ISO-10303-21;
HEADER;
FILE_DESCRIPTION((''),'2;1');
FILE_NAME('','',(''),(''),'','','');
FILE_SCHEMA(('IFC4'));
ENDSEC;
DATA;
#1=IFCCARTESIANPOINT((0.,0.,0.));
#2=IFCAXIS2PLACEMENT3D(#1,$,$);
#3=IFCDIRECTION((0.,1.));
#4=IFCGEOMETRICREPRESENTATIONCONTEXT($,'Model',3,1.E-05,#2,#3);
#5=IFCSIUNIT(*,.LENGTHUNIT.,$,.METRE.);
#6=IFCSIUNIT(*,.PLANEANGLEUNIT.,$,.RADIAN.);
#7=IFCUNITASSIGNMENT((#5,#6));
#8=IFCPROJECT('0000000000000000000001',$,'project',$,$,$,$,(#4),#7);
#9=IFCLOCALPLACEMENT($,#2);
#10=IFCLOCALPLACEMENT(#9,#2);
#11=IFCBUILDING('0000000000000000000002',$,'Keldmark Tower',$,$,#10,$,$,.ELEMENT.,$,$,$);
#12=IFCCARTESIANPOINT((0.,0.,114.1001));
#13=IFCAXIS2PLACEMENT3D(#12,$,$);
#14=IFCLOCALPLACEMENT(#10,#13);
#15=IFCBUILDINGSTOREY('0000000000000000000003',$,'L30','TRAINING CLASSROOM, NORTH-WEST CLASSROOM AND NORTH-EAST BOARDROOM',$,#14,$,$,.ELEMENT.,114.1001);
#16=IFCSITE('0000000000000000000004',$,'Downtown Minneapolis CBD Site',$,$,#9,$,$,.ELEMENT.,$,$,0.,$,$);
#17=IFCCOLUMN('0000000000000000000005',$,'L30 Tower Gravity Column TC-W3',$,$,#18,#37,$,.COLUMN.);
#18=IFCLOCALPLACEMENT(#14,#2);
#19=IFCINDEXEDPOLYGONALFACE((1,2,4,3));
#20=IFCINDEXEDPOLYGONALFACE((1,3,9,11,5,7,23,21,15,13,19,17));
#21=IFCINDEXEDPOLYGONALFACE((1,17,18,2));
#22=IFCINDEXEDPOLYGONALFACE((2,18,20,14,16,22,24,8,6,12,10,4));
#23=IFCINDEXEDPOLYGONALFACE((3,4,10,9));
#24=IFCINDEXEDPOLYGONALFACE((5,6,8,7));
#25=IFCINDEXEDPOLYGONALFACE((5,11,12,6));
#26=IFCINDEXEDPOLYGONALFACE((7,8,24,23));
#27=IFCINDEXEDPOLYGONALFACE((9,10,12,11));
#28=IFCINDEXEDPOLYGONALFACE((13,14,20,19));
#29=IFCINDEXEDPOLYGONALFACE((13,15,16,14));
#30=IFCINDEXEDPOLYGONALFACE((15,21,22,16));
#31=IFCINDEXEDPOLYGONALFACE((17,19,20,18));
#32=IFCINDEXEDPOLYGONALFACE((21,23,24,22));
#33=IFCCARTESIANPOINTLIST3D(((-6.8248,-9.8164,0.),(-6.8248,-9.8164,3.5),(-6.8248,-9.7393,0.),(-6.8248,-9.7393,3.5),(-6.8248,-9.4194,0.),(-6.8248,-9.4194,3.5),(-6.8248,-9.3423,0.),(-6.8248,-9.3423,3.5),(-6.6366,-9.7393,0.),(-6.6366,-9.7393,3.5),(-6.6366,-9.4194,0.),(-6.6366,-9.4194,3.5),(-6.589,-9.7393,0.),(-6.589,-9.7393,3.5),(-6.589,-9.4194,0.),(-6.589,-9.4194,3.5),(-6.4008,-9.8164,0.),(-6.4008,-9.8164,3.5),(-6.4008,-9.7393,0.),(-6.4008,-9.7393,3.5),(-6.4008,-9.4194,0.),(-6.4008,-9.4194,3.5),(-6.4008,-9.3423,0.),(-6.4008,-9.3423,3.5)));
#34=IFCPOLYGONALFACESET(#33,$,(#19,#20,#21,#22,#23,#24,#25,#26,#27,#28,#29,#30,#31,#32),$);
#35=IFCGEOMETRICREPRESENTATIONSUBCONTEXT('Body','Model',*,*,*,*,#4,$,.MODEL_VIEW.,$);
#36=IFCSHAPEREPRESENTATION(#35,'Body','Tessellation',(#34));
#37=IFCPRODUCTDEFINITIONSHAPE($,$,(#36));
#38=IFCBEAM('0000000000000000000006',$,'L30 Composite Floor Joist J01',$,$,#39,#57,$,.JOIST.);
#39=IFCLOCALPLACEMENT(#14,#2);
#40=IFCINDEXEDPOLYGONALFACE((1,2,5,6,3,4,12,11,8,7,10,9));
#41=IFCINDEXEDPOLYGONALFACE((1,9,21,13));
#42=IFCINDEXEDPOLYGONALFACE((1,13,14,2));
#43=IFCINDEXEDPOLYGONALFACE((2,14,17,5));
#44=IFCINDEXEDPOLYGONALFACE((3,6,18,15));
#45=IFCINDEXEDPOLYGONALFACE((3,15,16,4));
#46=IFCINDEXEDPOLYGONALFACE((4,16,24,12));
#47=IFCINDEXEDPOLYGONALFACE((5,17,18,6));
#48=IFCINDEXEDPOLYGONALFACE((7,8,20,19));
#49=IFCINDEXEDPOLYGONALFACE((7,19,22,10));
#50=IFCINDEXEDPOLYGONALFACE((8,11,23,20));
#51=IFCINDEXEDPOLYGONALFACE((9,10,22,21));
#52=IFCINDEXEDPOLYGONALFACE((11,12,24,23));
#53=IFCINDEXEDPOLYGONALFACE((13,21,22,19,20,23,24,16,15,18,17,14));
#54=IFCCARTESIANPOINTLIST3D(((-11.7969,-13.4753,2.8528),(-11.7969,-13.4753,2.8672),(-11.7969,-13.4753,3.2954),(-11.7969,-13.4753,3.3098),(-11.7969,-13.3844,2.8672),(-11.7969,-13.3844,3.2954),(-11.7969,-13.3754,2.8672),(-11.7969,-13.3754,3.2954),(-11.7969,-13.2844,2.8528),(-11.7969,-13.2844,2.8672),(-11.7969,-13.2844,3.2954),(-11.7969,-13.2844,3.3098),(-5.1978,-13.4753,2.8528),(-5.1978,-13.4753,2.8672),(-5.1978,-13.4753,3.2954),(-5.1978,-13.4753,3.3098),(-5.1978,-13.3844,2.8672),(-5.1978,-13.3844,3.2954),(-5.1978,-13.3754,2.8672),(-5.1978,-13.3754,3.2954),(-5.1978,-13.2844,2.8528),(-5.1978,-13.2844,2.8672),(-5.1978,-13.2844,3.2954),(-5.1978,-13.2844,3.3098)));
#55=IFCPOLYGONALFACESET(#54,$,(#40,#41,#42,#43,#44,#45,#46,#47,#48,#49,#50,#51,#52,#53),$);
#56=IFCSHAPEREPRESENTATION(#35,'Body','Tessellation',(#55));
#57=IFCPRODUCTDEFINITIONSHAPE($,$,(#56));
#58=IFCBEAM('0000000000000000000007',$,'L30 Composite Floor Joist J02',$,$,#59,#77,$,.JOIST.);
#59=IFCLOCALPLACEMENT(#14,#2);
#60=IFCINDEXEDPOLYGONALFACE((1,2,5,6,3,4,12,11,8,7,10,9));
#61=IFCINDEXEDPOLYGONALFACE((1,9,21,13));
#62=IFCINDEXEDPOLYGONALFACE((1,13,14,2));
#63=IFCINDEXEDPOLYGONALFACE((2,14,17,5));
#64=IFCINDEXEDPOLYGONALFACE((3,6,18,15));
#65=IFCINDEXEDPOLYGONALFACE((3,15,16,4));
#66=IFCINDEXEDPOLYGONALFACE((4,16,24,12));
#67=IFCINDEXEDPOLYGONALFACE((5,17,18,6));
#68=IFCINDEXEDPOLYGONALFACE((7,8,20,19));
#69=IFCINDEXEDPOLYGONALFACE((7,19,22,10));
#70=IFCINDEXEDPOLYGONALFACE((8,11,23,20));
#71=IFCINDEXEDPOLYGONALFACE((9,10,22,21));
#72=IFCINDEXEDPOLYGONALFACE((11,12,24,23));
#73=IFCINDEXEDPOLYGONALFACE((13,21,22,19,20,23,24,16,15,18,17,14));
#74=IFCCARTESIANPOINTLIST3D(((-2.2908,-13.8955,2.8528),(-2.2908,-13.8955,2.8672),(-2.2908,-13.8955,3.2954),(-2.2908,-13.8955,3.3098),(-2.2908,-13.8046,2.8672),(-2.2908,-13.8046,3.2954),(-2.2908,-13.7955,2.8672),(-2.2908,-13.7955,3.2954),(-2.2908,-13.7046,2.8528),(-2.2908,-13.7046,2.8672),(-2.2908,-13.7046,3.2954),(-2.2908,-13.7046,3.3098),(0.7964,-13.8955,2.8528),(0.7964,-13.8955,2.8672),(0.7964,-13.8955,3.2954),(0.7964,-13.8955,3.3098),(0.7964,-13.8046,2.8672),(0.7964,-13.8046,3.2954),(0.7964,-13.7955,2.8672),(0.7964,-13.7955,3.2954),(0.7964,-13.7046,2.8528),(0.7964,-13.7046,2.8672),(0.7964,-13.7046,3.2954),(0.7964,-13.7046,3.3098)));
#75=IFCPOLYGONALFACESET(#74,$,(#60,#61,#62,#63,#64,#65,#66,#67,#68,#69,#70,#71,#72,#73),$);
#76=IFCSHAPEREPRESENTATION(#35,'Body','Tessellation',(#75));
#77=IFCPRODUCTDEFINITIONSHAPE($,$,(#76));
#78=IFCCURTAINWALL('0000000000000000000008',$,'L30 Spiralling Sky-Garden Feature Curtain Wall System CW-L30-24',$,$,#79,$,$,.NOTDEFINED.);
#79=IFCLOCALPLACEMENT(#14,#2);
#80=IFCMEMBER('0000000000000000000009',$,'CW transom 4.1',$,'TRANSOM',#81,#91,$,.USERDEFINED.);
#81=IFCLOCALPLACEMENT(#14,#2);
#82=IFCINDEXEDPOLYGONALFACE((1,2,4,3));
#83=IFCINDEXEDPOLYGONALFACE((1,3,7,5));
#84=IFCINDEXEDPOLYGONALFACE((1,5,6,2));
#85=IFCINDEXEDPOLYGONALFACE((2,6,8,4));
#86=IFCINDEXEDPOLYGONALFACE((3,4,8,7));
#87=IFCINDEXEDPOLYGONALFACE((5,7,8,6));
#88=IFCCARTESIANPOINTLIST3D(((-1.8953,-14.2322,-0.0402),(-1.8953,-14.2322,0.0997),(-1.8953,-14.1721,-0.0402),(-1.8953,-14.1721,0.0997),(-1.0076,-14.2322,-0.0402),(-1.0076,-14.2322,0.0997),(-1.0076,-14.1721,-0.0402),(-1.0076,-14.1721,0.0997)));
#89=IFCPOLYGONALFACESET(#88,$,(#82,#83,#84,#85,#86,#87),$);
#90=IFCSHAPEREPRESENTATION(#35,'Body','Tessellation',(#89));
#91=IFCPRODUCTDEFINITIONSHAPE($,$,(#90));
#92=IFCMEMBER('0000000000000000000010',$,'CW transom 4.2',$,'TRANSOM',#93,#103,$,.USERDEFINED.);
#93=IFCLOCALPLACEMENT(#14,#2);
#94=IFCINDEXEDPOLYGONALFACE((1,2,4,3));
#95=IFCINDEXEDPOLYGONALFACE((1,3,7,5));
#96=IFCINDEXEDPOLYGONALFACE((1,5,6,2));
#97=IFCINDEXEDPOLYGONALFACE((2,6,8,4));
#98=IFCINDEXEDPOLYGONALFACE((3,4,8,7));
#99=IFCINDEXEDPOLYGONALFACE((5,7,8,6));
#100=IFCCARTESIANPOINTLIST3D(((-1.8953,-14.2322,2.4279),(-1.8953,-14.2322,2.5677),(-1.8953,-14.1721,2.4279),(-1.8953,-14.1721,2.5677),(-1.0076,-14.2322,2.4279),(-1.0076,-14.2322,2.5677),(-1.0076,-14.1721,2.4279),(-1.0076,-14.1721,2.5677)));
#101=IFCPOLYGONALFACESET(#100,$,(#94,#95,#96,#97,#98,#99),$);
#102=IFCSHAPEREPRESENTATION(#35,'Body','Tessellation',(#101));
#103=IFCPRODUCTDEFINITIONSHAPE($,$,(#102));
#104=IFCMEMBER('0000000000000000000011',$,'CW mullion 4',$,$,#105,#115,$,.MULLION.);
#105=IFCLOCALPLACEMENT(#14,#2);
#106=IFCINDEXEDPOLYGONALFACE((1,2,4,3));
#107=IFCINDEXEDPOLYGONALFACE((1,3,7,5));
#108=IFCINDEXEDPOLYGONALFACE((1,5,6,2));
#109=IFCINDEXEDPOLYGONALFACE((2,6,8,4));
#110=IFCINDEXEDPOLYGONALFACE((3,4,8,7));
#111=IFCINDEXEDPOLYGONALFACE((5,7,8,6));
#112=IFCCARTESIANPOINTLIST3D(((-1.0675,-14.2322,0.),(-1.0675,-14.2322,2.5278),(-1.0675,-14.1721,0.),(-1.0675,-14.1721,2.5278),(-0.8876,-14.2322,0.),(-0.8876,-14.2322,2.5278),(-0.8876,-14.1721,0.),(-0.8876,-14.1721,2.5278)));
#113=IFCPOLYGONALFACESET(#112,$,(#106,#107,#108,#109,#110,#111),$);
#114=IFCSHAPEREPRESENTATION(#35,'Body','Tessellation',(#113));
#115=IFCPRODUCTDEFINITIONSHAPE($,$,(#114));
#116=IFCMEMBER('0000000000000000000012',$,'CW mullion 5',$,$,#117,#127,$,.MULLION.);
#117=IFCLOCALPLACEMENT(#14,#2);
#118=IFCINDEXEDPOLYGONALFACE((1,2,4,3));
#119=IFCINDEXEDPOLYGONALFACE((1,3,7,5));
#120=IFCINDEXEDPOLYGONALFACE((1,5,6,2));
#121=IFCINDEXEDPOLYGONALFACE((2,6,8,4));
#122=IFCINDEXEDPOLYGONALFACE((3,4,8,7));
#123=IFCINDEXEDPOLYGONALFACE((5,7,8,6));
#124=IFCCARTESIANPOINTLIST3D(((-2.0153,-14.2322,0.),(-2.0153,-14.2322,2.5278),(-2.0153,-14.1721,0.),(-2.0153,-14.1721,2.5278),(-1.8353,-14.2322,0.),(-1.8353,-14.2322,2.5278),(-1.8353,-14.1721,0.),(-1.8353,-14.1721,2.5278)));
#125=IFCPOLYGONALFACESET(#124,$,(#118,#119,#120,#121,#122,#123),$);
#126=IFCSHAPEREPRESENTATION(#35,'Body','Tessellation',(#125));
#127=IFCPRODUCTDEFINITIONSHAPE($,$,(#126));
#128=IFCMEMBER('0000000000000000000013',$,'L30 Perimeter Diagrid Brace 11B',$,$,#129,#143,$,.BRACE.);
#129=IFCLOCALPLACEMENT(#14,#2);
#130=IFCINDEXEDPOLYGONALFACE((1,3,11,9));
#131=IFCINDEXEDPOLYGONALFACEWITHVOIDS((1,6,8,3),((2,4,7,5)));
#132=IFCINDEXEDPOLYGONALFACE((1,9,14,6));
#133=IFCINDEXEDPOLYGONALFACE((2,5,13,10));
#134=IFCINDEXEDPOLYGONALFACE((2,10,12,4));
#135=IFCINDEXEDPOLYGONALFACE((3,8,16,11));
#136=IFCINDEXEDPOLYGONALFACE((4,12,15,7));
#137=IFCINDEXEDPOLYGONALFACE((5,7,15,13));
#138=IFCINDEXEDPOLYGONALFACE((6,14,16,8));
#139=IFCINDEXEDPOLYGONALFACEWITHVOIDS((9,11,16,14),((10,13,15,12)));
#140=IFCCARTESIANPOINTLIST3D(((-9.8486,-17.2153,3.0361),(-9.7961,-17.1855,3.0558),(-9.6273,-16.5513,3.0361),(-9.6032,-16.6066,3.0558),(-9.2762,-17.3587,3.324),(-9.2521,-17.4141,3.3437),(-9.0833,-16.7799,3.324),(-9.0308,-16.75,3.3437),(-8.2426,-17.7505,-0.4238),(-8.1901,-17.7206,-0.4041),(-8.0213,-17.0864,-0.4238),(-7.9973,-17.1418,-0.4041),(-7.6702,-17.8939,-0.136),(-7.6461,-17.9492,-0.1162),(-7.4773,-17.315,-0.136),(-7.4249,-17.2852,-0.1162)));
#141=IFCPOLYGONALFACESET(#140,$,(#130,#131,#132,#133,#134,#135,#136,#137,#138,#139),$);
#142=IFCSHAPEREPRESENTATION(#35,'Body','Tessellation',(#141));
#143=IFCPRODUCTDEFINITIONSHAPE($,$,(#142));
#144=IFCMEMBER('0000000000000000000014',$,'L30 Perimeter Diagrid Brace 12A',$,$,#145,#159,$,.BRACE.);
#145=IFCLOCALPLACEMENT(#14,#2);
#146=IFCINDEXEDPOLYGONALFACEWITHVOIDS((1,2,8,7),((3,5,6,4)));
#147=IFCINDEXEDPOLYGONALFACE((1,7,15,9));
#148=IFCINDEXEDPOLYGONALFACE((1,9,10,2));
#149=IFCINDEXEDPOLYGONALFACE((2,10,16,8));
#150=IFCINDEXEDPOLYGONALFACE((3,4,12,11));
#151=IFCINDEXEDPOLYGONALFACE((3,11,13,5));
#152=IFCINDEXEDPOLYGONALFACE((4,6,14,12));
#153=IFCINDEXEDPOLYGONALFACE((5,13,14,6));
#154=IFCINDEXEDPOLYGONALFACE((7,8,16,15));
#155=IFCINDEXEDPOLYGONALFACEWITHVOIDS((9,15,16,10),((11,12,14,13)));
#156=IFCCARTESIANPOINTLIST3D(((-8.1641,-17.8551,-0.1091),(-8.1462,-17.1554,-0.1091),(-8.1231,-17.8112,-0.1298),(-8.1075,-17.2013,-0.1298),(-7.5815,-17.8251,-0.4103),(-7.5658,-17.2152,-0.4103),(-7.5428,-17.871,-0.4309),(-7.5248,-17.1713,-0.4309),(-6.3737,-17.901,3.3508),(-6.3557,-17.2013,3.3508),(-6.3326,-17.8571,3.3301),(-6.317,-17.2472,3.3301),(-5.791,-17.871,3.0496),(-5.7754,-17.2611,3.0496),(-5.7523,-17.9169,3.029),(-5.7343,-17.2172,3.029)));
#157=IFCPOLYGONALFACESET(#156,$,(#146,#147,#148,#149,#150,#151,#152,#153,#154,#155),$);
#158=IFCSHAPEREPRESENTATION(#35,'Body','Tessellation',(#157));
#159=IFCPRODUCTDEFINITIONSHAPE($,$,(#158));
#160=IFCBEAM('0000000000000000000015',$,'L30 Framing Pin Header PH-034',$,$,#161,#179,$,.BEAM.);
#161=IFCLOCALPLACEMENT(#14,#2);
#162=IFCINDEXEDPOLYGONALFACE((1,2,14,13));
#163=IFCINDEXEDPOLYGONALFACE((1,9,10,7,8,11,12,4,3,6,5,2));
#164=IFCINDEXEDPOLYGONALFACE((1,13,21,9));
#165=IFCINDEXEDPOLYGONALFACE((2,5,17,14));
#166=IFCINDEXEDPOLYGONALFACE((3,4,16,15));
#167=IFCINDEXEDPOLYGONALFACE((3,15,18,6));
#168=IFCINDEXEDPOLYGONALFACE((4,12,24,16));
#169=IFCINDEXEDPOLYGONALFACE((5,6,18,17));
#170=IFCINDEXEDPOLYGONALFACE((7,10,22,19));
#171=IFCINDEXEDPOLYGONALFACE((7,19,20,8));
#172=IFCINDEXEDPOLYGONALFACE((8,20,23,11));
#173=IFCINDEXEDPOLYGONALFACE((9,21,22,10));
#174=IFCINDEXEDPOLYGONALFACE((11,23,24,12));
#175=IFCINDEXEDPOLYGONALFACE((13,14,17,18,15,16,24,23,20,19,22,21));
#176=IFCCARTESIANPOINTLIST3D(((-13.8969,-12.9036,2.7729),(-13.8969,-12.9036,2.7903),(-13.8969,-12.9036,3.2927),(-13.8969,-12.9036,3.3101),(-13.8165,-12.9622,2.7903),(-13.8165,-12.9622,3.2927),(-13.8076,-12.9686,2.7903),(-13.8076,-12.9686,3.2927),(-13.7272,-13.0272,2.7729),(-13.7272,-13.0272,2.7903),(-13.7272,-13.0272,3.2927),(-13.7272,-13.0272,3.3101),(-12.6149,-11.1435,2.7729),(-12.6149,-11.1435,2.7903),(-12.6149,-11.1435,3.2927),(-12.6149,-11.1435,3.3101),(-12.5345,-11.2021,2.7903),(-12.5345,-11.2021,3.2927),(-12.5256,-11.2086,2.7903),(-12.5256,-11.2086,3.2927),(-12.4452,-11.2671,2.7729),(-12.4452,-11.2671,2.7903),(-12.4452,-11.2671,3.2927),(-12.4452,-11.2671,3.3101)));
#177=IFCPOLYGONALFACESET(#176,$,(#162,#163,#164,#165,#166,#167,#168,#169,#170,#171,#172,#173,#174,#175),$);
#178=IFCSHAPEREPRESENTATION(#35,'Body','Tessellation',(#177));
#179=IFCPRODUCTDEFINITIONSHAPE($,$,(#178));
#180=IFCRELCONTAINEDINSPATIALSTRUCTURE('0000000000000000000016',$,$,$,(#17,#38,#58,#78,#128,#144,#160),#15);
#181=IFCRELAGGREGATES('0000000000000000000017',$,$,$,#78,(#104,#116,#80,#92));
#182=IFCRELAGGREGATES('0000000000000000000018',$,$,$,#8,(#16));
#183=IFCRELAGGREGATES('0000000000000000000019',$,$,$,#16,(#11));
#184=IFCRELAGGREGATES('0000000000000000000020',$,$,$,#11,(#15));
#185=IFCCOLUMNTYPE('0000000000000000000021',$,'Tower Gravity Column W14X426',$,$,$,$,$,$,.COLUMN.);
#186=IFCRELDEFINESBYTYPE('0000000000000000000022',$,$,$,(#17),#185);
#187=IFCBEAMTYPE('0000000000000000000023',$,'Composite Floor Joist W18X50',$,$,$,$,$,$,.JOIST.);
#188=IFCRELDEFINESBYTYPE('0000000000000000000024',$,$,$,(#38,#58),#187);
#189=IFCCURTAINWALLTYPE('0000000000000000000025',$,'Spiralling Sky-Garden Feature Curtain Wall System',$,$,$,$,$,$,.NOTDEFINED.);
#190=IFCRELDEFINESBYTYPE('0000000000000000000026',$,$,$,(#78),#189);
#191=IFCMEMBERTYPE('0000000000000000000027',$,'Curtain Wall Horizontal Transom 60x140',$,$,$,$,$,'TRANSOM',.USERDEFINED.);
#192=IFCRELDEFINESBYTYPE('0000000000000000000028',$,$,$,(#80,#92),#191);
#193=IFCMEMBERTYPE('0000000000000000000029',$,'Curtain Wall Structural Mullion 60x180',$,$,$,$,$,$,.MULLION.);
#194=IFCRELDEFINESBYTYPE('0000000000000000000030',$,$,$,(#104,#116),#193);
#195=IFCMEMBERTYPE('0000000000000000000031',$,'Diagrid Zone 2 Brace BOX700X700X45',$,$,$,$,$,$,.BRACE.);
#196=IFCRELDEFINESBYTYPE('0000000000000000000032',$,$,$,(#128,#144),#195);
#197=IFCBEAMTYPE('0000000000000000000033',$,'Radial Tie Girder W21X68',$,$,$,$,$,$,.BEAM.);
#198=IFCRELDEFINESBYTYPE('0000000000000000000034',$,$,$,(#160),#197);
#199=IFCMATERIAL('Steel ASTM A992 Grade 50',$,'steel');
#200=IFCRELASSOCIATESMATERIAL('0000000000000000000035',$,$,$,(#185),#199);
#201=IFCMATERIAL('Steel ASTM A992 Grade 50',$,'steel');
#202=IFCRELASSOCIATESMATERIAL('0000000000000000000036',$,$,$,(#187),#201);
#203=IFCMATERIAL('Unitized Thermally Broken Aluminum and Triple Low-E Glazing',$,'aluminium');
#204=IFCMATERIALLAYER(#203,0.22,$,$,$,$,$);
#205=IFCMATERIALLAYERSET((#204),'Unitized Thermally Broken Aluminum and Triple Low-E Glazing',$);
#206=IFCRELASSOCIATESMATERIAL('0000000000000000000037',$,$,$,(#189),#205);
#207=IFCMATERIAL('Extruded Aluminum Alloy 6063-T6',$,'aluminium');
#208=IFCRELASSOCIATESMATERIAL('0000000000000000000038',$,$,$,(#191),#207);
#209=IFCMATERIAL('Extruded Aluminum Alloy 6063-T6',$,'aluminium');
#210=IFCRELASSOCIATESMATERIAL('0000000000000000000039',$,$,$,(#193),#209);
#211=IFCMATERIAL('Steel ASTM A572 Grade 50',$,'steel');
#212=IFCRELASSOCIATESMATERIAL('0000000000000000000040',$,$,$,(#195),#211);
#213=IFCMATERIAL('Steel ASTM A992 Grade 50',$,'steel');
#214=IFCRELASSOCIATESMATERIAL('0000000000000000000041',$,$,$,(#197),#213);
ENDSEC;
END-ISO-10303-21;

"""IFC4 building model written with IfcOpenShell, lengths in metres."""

from ifc_helpers import new_model, si_unit, direction, frame, origin, origin_2d, place, context, subcontext, project, spatial, rectangle, hollow_rectangle, i_section, extrude, material, layer, layer_set, material_profile, profile_set, type_object, element, aggregate, save


model = new_model("IFC4")

# Units and contexts
model_context = context("Model", 3, precision=1e-05, world=origin(), true_north=direction((0.0, 1.0)))
body_context = subcontext(model_context, "Body", "Model", "MODEL_VIEW")
ifc_project = project(units=[si_unit("LENGTHUNIT", "METRE"), si_unit("PLANEANGLEUNIT", "RADIAN")], contexts=[model_context])

# Site, building, storey
site_placement = place(None, origin())
site = spatial("IfcSite", under=ifc_project, at=site_placement, Name="Downtown Minneapolis CBD Site", CompositionType="ELEMENT", RefElevation=0.0)
building_placement = place(site_placement, origin())
building = spatial("IfcBuilding", under=site, at=building_placement, Name="Keldmark Tower", CompositionType="ELEMENT")
storey_placement = place(building_placement, frame((0.0, 0.0, 114.1001)))
storey = spatial("IfcBuildingStorey", under=building, at=storey_placement, Name="L30", Description="TRAINING CLASSROOM, NORTH-WEST CLASSROOM AND NORTH-EAST BOARDROOM", CompositionType="ELEMENT", Elevation=114.1001)

# Column
ifc_material_1 = material(Name="Steel ASTM A992 Grade 50", Category="steel")
ifc_material_profile_1 = material_profile(ifc_material_1, i_section(OverallWidth=0.4241, OverallDepth=0.4741, WebThickness=0.0476, FlangeThickness=0.0771, at=origin_2d()), Name="W14X426")
ifc_profile_set_1 = profile_set([ifc_material_profile_1], Name="Steel ASTM A992 Grade 50")
column_type = type_object("IfcColumnType", Name="Tower Gravity Column W14X426", PredefinedType="COLUMN", material=ifc_profile_set_1)
column_placement = place(storey_placement, frame((-6.6128, -9.5793, 0.0), z_axis=(0.0, 0.0, 1.0), x_axis=(1.0, 0.0, 0.0)))
element("IfcColumn", 1, at=column_placement, inside=storey, type_object=column_type, Name="L30 Tower Gravity Column TC-W3", PredefinedType="COLUMN", context=body_context, shape_type="SweptSolid", body=[
    extrude(i_section(OverallWidth=0.4241, OverallDepth=0.4741, WebThickness=0.0476, FlangeThickness=0.0771, at=origin_2d()), origin(), (0.0, 0.0, 1.0), 3.5),
])

# Beams
ifc_material_2 = material(Name="Steel ASTM A992 Grade 50", Category="steel")
ifc_material_profile_2 = material_profile(ifc_material_2, i_section(OverallWidth=0.1909, OverallDepth=0.457, WebThickness=0.009, FlangeThickness=0.0144, at=origin_2d()), Name="W18X50")
ifc_profile_set_2 = profile_set([ifc_material_profile_2], Name="Steel ASTM A992 Grade 50")
beam_type_1 = type_object("IfcBeamType", Name="Composite Floor Joist W18X50", PredefinedType="JOIST", material=ifc_profile_set_2)
beam_1_placement = place(storey_placement, frame((-11.7969, -13.3799, 3.0813), z_axis=(1.0, 0.0, 0.0), x_axis=(0.0, 1.0, 0.0)))
element("IfcBeam", 2, at=beam_1_placement, inside=storey, type_object=beam_type_1, Name="L30 Composite Floor Joist J01", PredefinedType="JOIST", context=body_context, shape_type="SweptSolid", body=[
    extrude(i_section(OverallWidth=0.1909, OverallDepth=0.457, WebThickness=0.009, FlangeThickness=0.0144, at=origin_2d()), origin(), (0.0, 0.0, 1.0), 6.5991),
])
beam_2_placement = place(storey_placement, frame((-2.2908, -13.8, 3.0813), z_axis=(1.0, 0.0, 0.0), x_axis=(0.0, 1.0, 0.0)))
element("IfcBeam", 3, at=beam_2_placement, inside=storey, type_object=beam_type_1, Name="L30 Composite Floor Joist J02", PredefinedType="JOIST", context=body_context, shape_type="SweptSolid", body=[
    extrude(i_section(OverallWidth=0.1909, OverallDepth=0.457, WebThickness=0.009, FlangeThickness=0.0144, at=origin_2d()), origin(), (0.0, 0.0, 1.0), 3.0872),
])

# Curtain wall, members
ifc_material_3 = material(Name="Unitized Thermally Broken Aluminum and Triple Low-E Glazing", Category="aluminium")
ifc_layer_1 = layer(ifc_material_3, 0.22)
ifc_layer_set_1 = layer_set([ifc_layer_1], Name="Unitized Thermally Broken Aluminum and Triple Low-E Glazing")
curtain_wall_type = type_object("IfcCurtainWallType", Name="Spiralling Sky-Garden Feature Curtain Wall System", PredefinedType="NOTDEFINED", material=ifc_layer_set_1)
curtain_wall_placement = place(storey_placement, origin())
curtain_wall = element("IfcCurtainWall", 4, at=curtain_wall_placement, inside=storey, type_object=curtain_wall_type, Name="L30 Spiralling Sky-Garden Feature Curtain Wall System CW-L30-24", PredefinedType="NOTDEFINED")
ifc_material_4 = material(Name="Extruded Aluminum Alloy 6063-T6", Category="aluminium")
ifc_material_profile_3 = material_profile(ifc_material_4, rectangle(XDim=0.0601, YDim=0.1399, at=origin_2d()), Name="CWT60X140")
ifc_profile_set_3 = profile_set([ifc_material_profile_3], Name="Extruded Aluminum Alloy 6063-T6")
member_type_1 = type_object("IfcMemberType", Name="Curtain Wall Horizontal Transom 60x140", ElementType="TRANSOM", PredefinedType="USERDEFINED", material=ifc_profile_set_3)
member_1_placement = place(storey_placement, frame((-1.0076, -14.2021, 0.0298), z_axis=(-1.0, 0.0, 0.0), x_axis=(0.0, -1.0, 0.0)))
member_1 = element("IfcMember", 5, at=member_1_placement, type_object=member_type_1, Name="CW transom 4.1", ObjectType="TRANSOM", PredefinedType="USERDEFINED", context=body_context, shape_type="SweptSolid", body=[
    extrude(rectangle(XDim=0.0601, YDim=0.1399, at=origin_2d()), origin(), (0.0, 0.0, 1.0), 0.8877),
])
member_2_placement = place(storey_placement, frame((-1.0076, -14.2021, 2.4978), z_axis=(-1.0, 0.0, 0.0), x_axis=(0.0, -1.0, 0.0)))
member_2 = element("IfcMember", 6, at=member_2_placement, type_object=member_type_1, Name="CW transom 4.2", ObjectType="TRANSOM", PredefinedType="USERDEFINED", context=body_context, shape_type="SweptSolid", body=[
    extrude(rectangle(XDim=0.0601, YDim=0.1399, at=origin_2d()), origin(), (0.0, 0.0, 1.0), 0.8877),
])
ifc_material_5 = material(Name="Extruded Aluminum Alloy 6063-T6", Category="aluminium")
ifc_material_profile_4 = material_profile(ifc_material_5, rectangle(XDim=0.0601, YDim=0.1799, at=origin_2d()), Name="CWM60X180")
ifc_profile_set_4 = profile_set([ifc_material_profile_4], Name="Extruded Aluminum Alloy 6063-T6")
member_type_2 = type_object("IfcMemberType", Name="Curtain Wall Structural Mullion 60x180", PredefinedType="MULLION", material=ifc_profile_set_4)
member_3_placement = place(storey_placement, frame((-0.9775, -14.2021, 0.0), z_axis=(0.0, 0.0, 1.0), x_axis=(0.0, -1.0, 0.0)))
member_3 = element("IfcMember", 7, at=member_3_placement, type_object=member_type_2, Name="CW mullion 4", PredefinedType="MULLION", context=body_context, shape_type="SweptSolid", body=[
    extrude(rectangle(XDim=0.0601, YDim=0.1799, at=origin_2d()), origin(), (0.0, 0.0, 1.0), 2.5278),
])
member_4_placement = place(storey_placement, frame((-1.9253, -14.2021, 0.0), z_axis=(0.0, 0.0, 1.0), x_axis=(0.0, -1.0, 0.0)))
member_4 = element("IfcMember", 8, at=member_4_placement, type_object=member_type_2, Name="CW mullion 5", PredefinedType="MULLION", context=body_context, shape_type="SweptSolid", body=[
    extrude(rectangle(XDim=0.0601, YDim=0.1799, at=origin_2d()), origin(), (0.0, 0.0, 1.0), 2.5278),
])

# Members
ifc_material_6 = material(Name="Steel ASTM A572 Grade 50", Category="steel")
ifc_material_profile_5 = material_profile(ifc_material_6, hollow_rectangle(XDim=0.7, YDim=0.7, WallThickness=0.0449, at=origin_2d()), Name="BOX700X700X45")
ifc_profile_set_5 = profile_set([ifc_material_profile_5], Name="Steel ASTM A572 Grade 50")
member_type_3 = type_object("IfcMemberType", Name="Diagrid Zone 2 Brace BOX700X700X45", PredefinedType="BRACE", material=ifc_profile_set_5)
member_5_placement = place(storey_placement, frame((-7.8337, -17.5178, -0.27), z_axis=(-0.41693, 0.138935, 0.898257), x_axis=(-0.316141, -0.948712, 0.0)))
element("IfcMember", 9, at=member_5_placement, inside=storey, type_object=member_type_3, Name="L30 Perimeter Diagrid Brace 11B", PredefinedType="BRACE", context=body_context, shape_type="SweptSolid", body=[
    extrude(hollow_rectangle(XDim=0.7, YDim=0.7, WallThickness=0.0449, at=origin_2d()), origin(), (0.0, 0.0, 1.0), 3.8518),
])
member_6_placement = place(storey_placement, frame((-7.8445, -17.5132, -0.27), z_axis=(0.459572, -0.011781, 0.888063), x_axis=(0.025626, 0.999672, 0.0)))
element("IfcMember", 10, at=member_6_placement, inside=storey, type_object=member_type_3, Name="L30 Perimeter Diagrid Brace 12A", PredefinedType="BRACE", context=body_context, shape_type="SweptSolid", body=[
    extrude(hollow_rectangle(XDim=0.7, YDim=0.7, WallThickness=0.0449, at=origin_2d()), origin(), (0.0, 0.0, 1.0), 3.896),
])

# Beam
ifc_material_7 = material(Name="Steel ASTM A992 Grade 50", Category="steel")
ifc_material_profile_6 = material_profile(ifc_material_7, i_section(OverallWidth=0.21, OverallDepth=0.5371, WebThickness=0.011, FlangeThickness=0.0173, at=origin_2d()), Name="W21X68")
ifc_profile_set_6 = profile_set([ifc_material_profile_6], Name="Steel ASTM A992 Grade 50")
beam_type_2 = type_object("IfcBeamType", Name="Radial Tie Girder W21X68", PredefinedType="BEAM", material=ifc_profile_set_6)
beam_3_placement = place(storey_placement, frame((-12.53, -11.2053, 3.0415), z_axis=(-0.588765, -0.808304, 0.0), x_axis=(0.808304, -0.588765, 0.0)))
element("IfcBeam", 11, at=beam_3_placement, inside=storey, type_object=beam_type_2, Name="L30 Framing Pin Header PH-034", PredefinedType="BEAM", context=body_context, shape_type="SweptSolid", body=[
    extrude(i_section(OverallWidth=0.21, OverallDepth=0.5371, WebThickness=0.011, FlangeThickness=0.0173, at=origin_2d()), origin(), (0.0, 0.0, 1.0), 2.1775),
])

aggregate(curtain_wall, [member_3, member_4, member_1, member_2])

save(model, "model.ifc")
